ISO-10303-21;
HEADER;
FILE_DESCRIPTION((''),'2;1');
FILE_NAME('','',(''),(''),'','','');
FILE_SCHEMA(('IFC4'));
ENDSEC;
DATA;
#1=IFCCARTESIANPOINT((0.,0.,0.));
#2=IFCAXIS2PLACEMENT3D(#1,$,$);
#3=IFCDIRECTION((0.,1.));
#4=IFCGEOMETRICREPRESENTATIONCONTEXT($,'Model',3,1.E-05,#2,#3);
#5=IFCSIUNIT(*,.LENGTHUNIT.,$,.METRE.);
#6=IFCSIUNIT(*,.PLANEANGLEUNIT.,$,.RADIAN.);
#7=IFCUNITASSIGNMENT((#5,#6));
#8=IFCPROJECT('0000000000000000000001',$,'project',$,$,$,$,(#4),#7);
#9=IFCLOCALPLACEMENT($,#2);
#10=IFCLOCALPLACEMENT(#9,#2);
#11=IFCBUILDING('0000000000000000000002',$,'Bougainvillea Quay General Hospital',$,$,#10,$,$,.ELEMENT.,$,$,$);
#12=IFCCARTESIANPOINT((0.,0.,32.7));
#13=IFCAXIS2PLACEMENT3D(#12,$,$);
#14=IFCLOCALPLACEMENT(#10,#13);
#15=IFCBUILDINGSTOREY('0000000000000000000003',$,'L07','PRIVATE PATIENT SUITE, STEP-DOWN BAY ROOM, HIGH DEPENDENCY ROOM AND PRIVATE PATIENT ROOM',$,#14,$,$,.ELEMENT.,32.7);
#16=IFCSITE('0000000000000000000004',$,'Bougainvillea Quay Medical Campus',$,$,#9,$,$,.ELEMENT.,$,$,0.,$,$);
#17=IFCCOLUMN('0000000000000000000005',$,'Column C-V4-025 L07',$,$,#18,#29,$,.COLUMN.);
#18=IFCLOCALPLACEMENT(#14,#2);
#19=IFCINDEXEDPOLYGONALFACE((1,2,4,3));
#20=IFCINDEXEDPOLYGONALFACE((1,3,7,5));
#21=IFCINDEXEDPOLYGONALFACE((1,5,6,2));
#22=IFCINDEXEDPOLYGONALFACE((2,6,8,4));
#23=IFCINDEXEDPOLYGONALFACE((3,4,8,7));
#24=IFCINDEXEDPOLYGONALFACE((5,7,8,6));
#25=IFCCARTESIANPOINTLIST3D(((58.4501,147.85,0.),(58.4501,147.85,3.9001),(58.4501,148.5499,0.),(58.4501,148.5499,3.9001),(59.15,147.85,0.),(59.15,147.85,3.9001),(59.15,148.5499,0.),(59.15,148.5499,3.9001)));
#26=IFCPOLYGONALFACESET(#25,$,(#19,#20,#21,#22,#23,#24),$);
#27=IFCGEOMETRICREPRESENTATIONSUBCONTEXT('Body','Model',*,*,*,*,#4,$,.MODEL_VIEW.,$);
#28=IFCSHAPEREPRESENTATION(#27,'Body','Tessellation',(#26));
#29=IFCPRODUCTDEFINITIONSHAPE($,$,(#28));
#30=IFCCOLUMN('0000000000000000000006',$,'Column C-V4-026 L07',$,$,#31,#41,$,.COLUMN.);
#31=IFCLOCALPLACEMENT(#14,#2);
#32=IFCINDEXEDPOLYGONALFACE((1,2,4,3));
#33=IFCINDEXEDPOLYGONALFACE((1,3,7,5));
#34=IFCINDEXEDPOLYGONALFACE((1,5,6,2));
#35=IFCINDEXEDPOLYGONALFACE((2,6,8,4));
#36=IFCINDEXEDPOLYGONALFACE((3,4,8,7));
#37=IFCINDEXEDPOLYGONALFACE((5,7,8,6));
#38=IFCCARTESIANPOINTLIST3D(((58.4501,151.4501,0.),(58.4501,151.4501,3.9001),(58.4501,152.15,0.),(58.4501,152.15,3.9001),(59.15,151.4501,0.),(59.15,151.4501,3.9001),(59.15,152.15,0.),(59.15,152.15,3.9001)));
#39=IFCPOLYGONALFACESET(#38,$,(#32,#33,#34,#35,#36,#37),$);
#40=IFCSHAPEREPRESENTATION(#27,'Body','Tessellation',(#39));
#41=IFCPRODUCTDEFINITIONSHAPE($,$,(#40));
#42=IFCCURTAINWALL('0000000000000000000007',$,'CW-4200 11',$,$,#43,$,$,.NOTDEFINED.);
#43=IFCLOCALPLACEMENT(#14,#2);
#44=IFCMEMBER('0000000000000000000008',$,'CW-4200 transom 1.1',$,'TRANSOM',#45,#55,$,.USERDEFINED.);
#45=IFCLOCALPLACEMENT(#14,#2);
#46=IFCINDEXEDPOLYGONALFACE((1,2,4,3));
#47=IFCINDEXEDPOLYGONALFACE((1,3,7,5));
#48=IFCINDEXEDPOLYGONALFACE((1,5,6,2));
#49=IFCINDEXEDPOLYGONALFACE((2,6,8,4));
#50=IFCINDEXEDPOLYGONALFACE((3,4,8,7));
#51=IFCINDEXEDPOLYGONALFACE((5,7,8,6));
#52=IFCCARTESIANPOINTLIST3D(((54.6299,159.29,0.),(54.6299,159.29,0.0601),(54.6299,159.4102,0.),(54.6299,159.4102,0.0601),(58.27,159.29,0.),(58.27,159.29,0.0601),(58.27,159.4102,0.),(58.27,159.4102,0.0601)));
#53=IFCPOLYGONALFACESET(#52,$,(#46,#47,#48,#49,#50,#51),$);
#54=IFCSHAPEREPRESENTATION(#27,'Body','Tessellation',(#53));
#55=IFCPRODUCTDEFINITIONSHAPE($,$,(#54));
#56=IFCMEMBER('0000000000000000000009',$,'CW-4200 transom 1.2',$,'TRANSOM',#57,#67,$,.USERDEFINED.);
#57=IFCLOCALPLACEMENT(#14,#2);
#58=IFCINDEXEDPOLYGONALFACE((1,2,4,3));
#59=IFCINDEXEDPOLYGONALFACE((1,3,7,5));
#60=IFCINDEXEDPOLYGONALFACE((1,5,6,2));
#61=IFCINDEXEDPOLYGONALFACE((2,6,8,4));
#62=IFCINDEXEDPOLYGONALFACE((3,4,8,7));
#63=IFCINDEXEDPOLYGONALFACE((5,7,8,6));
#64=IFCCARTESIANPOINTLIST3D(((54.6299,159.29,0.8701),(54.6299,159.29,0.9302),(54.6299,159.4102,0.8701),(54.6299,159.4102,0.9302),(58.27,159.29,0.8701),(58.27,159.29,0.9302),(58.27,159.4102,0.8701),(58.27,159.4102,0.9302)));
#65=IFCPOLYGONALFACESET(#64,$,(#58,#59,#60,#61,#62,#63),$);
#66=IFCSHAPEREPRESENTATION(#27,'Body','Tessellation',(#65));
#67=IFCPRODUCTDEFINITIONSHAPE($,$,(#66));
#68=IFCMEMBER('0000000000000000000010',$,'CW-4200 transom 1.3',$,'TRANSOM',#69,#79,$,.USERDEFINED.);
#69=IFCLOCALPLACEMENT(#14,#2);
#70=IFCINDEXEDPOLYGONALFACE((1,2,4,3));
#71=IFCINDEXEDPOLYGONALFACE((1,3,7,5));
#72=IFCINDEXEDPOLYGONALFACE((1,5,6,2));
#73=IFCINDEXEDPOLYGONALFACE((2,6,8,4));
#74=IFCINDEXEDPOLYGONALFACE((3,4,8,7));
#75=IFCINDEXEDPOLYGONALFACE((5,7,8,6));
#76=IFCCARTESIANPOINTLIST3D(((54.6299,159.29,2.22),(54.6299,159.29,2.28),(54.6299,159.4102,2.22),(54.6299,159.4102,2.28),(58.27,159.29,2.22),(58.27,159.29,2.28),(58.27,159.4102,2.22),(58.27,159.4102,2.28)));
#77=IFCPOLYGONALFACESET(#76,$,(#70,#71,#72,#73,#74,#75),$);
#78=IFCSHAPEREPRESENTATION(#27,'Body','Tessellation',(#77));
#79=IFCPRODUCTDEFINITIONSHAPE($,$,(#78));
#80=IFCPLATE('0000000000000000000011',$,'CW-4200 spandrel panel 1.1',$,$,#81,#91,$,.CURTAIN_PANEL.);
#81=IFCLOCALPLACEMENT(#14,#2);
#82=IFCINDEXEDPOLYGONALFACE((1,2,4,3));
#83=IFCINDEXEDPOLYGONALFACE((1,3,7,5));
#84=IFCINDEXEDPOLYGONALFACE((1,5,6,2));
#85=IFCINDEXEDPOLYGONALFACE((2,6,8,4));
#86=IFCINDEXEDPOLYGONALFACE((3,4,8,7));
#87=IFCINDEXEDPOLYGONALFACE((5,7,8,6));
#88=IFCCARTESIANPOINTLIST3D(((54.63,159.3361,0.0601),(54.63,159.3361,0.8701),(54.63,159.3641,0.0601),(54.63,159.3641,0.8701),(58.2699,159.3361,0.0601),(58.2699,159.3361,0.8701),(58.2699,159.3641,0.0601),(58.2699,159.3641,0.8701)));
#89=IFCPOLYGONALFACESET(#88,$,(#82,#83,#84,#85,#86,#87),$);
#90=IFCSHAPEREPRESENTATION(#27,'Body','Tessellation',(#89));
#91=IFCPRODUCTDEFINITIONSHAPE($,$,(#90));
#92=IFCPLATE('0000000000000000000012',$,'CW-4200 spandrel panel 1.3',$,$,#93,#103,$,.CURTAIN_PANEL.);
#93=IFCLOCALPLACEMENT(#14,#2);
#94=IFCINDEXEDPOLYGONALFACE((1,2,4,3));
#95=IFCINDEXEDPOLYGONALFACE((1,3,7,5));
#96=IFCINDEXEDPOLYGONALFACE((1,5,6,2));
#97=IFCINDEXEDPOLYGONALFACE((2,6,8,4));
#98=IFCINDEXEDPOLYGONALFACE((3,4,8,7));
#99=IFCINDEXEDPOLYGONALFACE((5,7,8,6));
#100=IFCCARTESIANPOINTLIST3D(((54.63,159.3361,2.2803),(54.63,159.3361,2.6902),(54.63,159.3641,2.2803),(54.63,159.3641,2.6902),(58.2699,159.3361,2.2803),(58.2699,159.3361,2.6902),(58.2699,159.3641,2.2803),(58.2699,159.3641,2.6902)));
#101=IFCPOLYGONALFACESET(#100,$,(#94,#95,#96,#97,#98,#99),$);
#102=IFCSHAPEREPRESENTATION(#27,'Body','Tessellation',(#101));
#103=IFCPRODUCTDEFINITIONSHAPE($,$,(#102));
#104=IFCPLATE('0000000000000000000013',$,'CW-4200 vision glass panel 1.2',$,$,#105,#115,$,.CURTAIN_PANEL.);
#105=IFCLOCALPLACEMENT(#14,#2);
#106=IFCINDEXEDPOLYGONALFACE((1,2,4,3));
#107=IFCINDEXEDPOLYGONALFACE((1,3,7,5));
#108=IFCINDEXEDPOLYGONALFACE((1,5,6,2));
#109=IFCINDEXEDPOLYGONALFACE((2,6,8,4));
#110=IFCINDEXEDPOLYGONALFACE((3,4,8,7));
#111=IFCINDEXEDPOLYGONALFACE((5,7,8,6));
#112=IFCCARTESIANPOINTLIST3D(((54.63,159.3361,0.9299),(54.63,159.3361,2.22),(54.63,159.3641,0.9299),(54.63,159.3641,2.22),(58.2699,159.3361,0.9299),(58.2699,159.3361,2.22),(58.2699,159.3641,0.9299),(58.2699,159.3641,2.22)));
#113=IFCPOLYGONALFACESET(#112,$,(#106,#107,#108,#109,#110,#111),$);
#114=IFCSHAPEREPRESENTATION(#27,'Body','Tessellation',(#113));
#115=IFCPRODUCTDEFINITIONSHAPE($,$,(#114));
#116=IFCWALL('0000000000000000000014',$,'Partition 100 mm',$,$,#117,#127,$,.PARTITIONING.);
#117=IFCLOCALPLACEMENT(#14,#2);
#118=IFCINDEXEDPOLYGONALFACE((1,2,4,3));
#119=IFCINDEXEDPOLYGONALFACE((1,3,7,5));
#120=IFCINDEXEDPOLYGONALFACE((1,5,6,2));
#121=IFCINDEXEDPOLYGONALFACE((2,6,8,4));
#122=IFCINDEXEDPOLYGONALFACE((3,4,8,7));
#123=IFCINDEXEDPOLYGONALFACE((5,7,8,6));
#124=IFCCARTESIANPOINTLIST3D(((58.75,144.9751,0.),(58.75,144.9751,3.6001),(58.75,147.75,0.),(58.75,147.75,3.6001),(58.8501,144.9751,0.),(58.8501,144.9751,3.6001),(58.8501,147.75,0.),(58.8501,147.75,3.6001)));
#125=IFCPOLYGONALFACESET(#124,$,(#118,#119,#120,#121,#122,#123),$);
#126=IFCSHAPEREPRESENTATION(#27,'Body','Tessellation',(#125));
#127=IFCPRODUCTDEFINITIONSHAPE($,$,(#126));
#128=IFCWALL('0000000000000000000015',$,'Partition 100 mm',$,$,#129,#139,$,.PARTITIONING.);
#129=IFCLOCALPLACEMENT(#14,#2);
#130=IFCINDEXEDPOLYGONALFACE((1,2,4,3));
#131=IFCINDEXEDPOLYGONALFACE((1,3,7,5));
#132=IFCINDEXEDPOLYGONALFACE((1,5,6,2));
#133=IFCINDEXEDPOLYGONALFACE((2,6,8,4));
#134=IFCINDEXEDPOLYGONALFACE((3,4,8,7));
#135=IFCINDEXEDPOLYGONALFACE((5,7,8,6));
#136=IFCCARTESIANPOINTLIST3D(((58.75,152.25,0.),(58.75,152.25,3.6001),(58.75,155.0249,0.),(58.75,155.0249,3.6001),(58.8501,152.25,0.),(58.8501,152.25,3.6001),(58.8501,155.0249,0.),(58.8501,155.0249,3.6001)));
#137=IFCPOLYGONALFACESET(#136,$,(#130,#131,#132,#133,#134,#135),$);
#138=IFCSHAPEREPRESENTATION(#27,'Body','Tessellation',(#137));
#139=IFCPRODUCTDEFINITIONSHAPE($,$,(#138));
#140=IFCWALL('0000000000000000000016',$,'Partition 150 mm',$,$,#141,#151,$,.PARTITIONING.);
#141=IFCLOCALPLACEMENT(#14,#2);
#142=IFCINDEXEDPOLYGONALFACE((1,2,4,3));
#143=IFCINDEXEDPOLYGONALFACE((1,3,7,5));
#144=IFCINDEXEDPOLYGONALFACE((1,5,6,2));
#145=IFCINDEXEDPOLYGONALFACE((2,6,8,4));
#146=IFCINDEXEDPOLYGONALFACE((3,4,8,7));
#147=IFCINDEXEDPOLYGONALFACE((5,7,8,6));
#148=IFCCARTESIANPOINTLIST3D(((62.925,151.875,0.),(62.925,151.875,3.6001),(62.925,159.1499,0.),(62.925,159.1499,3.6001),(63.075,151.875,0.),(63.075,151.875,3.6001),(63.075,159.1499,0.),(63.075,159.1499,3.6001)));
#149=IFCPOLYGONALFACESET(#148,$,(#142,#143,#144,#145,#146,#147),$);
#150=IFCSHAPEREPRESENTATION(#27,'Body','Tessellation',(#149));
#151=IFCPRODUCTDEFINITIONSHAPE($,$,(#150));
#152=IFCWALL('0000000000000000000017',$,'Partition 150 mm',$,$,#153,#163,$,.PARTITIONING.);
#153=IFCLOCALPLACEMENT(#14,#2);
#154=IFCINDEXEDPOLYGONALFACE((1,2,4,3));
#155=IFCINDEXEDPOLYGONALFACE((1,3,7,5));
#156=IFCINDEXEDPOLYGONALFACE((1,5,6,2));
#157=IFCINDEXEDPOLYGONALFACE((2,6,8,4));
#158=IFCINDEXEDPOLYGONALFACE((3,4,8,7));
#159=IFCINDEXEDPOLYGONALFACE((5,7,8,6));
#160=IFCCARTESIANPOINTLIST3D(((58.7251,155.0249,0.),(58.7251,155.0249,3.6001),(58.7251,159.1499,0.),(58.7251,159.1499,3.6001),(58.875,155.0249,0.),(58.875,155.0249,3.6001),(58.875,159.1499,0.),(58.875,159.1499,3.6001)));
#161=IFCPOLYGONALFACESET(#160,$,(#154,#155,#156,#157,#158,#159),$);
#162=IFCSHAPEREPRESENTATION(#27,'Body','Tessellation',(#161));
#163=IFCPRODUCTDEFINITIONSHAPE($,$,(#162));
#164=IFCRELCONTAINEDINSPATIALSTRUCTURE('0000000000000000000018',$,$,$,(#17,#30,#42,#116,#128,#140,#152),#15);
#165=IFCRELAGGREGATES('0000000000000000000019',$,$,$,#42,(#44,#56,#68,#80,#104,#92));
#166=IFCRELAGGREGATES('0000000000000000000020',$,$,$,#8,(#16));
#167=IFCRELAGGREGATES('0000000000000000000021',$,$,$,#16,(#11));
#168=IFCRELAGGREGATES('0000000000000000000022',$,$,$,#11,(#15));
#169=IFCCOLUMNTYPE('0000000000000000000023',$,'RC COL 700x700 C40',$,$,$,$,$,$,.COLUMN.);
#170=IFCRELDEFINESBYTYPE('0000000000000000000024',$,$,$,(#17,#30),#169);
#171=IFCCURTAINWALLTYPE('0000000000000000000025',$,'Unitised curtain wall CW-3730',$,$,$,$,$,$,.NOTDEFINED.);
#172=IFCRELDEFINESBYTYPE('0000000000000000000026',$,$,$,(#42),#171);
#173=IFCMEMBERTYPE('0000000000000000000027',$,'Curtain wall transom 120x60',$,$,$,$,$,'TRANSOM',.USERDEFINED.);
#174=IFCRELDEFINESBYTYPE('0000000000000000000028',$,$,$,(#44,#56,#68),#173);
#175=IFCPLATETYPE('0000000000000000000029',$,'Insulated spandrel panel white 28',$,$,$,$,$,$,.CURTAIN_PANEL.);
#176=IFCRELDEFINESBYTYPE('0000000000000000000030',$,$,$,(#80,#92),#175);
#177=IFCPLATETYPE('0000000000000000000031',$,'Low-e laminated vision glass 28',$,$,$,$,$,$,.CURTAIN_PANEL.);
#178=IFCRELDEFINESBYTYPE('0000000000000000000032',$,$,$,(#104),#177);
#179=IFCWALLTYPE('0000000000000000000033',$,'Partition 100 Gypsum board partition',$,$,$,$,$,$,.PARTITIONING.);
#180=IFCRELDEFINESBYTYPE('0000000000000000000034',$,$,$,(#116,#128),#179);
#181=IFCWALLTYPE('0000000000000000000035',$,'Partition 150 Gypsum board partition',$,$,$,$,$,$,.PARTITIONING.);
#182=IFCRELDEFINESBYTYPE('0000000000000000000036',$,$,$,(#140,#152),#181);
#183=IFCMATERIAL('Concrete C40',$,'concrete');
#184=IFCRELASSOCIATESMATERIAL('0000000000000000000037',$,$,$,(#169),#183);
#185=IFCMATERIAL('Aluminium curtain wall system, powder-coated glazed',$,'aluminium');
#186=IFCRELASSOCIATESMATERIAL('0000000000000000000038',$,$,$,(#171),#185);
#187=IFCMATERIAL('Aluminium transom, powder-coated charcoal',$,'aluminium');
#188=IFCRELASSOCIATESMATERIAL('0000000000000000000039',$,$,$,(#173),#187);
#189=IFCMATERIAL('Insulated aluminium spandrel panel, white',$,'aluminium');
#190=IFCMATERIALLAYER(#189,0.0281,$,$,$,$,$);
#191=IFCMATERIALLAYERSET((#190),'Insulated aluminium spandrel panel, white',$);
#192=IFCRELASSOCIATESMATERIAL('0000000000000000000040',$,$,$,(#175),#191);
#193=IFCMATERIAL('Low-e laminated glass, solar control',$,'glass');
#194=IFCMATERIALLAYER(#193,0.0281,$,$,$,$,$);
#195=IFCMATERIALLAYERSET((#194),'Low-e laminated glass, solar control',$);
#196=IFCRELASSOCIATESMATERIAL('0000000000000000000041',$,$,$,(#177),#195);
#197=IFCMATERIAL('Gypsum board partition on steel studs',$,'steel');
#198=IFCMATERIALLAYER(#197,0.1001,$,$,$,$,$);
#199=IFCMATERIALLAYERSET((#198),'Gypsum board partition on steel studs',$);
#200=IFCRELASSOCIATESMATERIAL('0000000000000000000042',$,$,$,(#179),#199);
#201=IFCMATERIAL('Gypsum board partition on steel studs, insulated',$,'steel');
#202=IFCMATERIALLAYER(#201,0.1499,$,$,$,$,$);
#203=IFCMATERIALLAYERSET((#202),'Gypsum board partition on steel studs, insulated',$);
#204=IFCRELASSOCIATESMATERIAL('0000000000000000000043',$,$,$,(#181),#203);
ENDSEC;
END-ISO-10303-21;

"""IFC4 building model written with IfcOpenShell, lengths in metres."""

from ifc_helpers import new_model, si_unit, direction, frame, frame_2d, origin, origin_2d, place, context, subcontext, project, spatial, rectangle, extrude, material, layer, layer_set, material_profile, profile_set, type_object, element, aggregate, save


model = new_model("IFC4")

# Units and contexts
model_context = context("Model", 3, precision=1e-05, world=origin(), true_north=direction((0.0, 1.0)))
body_context = subcontext(model_context, "Body", "Model", "MODEL_VIEW")
ifc_project = project(units=[si_unit("LENGTHUNIT", "METRE"), si_unit("PLANEANGLEUNIT", "RADIAN")], contexts=[model_context])

# Site, building, storey
site_placement = place(None, origin())
site = spatial("IfcSite", under=ifc_project, at=site_placement, Name="Bougainvillea Quay Medical Campus", CompositionType="ELEMENT", RefElevation=0.0)
building_placement = place(site_placement, origin())
building = spatial("IfcBuilding", under=site, at=building_placement, Name="Bougainvillea Quay General Hospital", CompositionType="ELEMENT")
storey_placement = place(building_placement, frame((0.0, 0.0, 32.7)))
storey = spatial("IfcBuildingStorey", under=building, at=storey_placement, Name="L07", Description="PRIVATE PATIENT SUITE, STEP-DOWN BAY ROOM, HIGH DEPENDENCY ROOM AND PRIVATE PATIENT ROOM", CompositionType="ELEMENT", Elevation=32.7)

# Columns
ifc_material_1 = material(Name="Concrete C40", Category="concrete")
ifc_material_profile_1 = material_profile(ifc_material_1, rectangle(XDim=0.7, YDim=0.7, at=origin_2d()))
ifc_profile_set_1 = profile_set([ifc_material_profile_1], Name="Concrete C40")
column_type = type_object("IfcColumnType", Name="RC COL 700x700 C40", PredefinedType="COLUMN", material=ifc_profile_set_1)
for number, where, z_axis, x_axis, name in (
    (1, (58.8, 148.2, 0.0), (0.0, 0.0, 1.0), (1.0, 0.0, 0.0), "Column C-V4-025 L07"),
    (2, (58.8, 151.8, 0.0), (0.0, 0.0, 1.0), (1.0, 0.0, 0.0), "Column C-V4-026 L07"),
):
    element("IfcColumn", number, at=place(storey_placement, frame(where, z_axis=z_axis, x_axis=x_axis)), inside=storey, type_object=column_type, Name=name, PredefinedType="COLUMN", context=body_context, shape_type="SweptSolid", body=[
        extrude(rectangle(XDim=0.7, YDim=0.7, at=origin_2d()), origin(), (0.0, 0.0, 1.0), 3.9001),
    ])

# Curtain wall, members, plates
ifc_material_2 = material(Name="Aluminium curtain wall system, powder-coated glazed", Category="aluminium")
curtain_wall_type = type_object("IfcCurtainWallType", Name="Unitised curtain wall CW-3730", PredefinedType="NOTDEFINED", material=ifc_material_2)
curtain_wall_placement = place(storey_placement, origin())
curtain_wall = element("IfcCurtainWall", 3, at=curtain_wall_placement, inside=storey, type_object=curtain_wall_type, Name="CW-4200 11", PredefinedType="NOTDEFINED")
ifc_material_3 = material(Name="Aluminium transom, powder-coated charcoal", Category="aluminium")
ifc_material_profile_2 = material_profile(ifc_material_3, rectangle(XDim=0.1201, YDim=0.0601, at=origin_2d()))
ifc_profile_set_2 = profile_set([ifc_material_profile_2], Name="Aluminium transom, powder-coated charcoal")
member_type = type_object("IfcMemberType", Name="Curtain wall transom 120x60", ElementType="TRANSOM", PredefinedType="USERDEFINED", material=ifc_profile_set_2)
member_1_placement = place(storey_placement, frame((58.27, 159.3501, 0.03), z_axis=(-1.0, 0.0, 0.0), x_axis=(0.0, -1.0, 0.0)))
member_1 = element("IfcMember", 4, at=member_1_placement, type_object=member_type, Name="CW-4200 transom 1.1", ObjectType="TRANSOM", PredefinedType="USERDEFINED", context=body_context, shape_type="SweptSolid", body=[
    extrude(rectangle(XDim=0.1201, YDim=0.0601, at=origin_2d()), origin(), (0.0, 0.0, 1.0), 3.6401),
])
member_2_placement = place(storey_placement, frame((58.27, 159.3501, 0.9001), z_axis=(-1.0, 0.0, 0.0), x_axis=(0.0, -1.0, 0.0)))
member_2 = element("IfcMember", 5, at=member_2_placement, type_object=member_type, Name="CW-4200 transom 1.2", ObjectType="TRANSOM", PredefinedType="USERDEFINED", context=body_context, shape_type="SweptSolid", body=[
    extrude(rectangle(XDim=0.1201, YDim=0.0601, at=origin_2d()), origin(), (0.0, 0.0, 1.0), 3.6401),
])
member_3_placement = place(storey_placement, frame((58.27, 159.3501, 2.25), z_axis=(-1.0, 0.0, 0.0), x_axis=(0.0, -1.0, 0.0)))
member_3 = element("IfcMember", 6, at=member_3_placement, type_object=member_type, Name="CW-4200 transom 1.3", ObjectType="TRANSOM", PredefinedType="USERDEFINED", context=body_context, shape_type="SweptSolid", body=[
    extrude(rectangle(XDim=0.1201, YDim=0.0601, at=origin_2d()), origin(), (0.0, 0.0, 1.0), 3.6401),
])
ifc_material_4 = material(Name="Insulated aluminium spandrel panel, white", Category="aluminium")
ifc_layer_1 = layer(ifc_material_4, 0.0281)
ifc_layer_set_1 = layer_set([ifc_layer_1], Name="Insulated aluminium spandrel panel, white")
plate_type_1 = type_object("IfcPlateType", Name="Insulated spandrel panel white 28", PredefinedType="CURTAIN_PANEL", material=ifc_layer_set_1)
plate_1_placement = place(storey_placement, frame((56.45, 159.3501, 0.0601), z_axis=(0.0, 0.0, 1.0), x_axis=(-1.0, 0.0, 0.0)))
plate_1 = element("IfcPlate", 7, at=plate_1_placement, type_object=plate_type_1, Name="CW-4200 spandrel panel 1.1", PredefinedType="CURTAIN_PANEL", context=body_context, shape_type="SweptSolid", body=[
    extrude(rectangle(XDim=3.6399, YDim=0.0281, at=origin_2d()), origin(), (0.0, 0.0, 1.0), 0.8101),
])
plate_2_placement = place(storey_placement, frame((56.45, 159.3501, 2.2803), z_axis=(0.0, 0.0, 1.0), x_axis=(-1.0, 0.0, 0.0)))
plate_2 = element("IfcPlate", 8, at=plate_2_placement, type_object=plate_type_1, Name="CW-4200 spandrel panel 1.3", PredefinedType="CURTAIN_PANEL", context=body_context, shape_type="SweptSolid", body=[
    extrude(rectangle(XDim=3.6399, YDim=0.0281, at=origin_2d()), origin(), (0.0, 0.0, 1.0), 0.4099),
])
ifc_material_5 = material(Name="Low-e laminated glass, solar control", Category="glass")
ifc_layer_2 = layer(ifc_material_5, 0.0281)
ifc_layer_set_2 = layer_set([ifc_layer_2], Name="Low-e laminated glass, solar control")
plate_type_2 = type_object("IfcPlateType", Name="Low-e laminated vision glass 28", PredefinedType="CURTAIN_PANEL", material=ifc_layer_set_2)
plate_3_placement = place(storey_placement, frame((56.45, 159.3501, 0.9299), z_axis=(0.0, 0.0, 1.0), x_axis=(-1.0, 0.0, 0.0)))
plate_3 = element("IfcPlate", 9, at=plate_3_placement, type_object=plate_type_2, Name="CW-4200 vision glass panel 1.2", PredefinedType="CURTAIN_PANEL", context=body_context, shape_type="SweptSolid", body=[
    extrude(rectangle(XDim=3.6399, YDim=0.0281, at=origin_2d()), origin(), (0.0, 0.0, 1.0), 1.29),
])
aggregate(curtain_wall, [member_1, member_2, member_3, plate_1, plate_3, plate_2])

# Walls
ifc_material_6 = material(Name="Gypsum board partition on steel studs", Category="steel")
ifc_layer_3 = layer(ifc_material_6, 0.1001)
ifc_layer_set_3 = layer_set([ifc_layer_3], Name="Gypsum board partition on steel studs")
wall_type_1 = type_object("IfcWallType", Name="Partition 100 Gypsum board partition", PredefinedType="PARTITIONING", material=ifc_layer_set_3)
for number, where, z_axis, x_axis, name in (
    (10, (58.8, 144.9751, 0.0), (0.0, 0.0, 1.0), (0.0, 1.0, 0.0), "Partition 100 mm"),
    (11, (58.8, 152.25, 0.0), (0.0, 0.0, 1.0), (0.0, 1.0, 0.0), "Partition 100 mm"),
):
    element("IfcWall", number, at=place(storey_placement, frame(where, z_axis=z_axis, x_axis=x_axis)), inside=storey, type_object=wall_type_1, Name=name, PredefinedType="PARTITIONING", context=body_context, shape_type="SweptSolid", body=[
        extrude(rectangle(XDim=2.7749, YDim=0.1001, at=frame_2d((1.3875, 0.0))), origin(), (0.0, 0.0, 1.0), 3.6001),
    ])
ifc_material_7 = material(Name="Gypsum board partition on steel studs, insulated", Category="steel")
ifc_layer_4 = layer(ifc_material_7, 0.1499)
ifc_layer_set_4 = layer_set([ifc_layer_4], Name="Gypsum board partition on steel studs, insulated")
wall_type_2 = type_object("IfcWallType", Name="Partition 150 Gypsum board partition", PredefinedType="PARTITIONING", material=ifc_layer_set_4)
wall_1_placement = place(storey_placement, frame((63.0, 151.875, 0.0), z_axis=(0.0, 0.0, 1.0), x_axis=(0.0, 1.0, 0.0)))
element("IfcWall", 12, at=wall_1_placement, inside=storey, type_object=wall_type_2, Name="Partition 150 mm", PredefinedType="PARTITIONING", context=body_context, shape_type="SweptSolid", body=[
    extrude(rectangle(XDim=7.2749, YDim=0.1499, at=frame_2d((3.6375, 0.0))), origin(), (0.0, 0.0, 1.0), 3.6001),
])
wall_2_placement = place(storey_placement, frame((58.8, 155.0249, 0.0), z_axis=(0.0, 0.0, 1.0), x_axis=(0.0, 1.0, 0.0)))
element("IfcWall", 13, at=wall_2_placement, inside=storey, type_object=wall_type_2, Name="Partition 150 mm", PredefinedType="PARTITIONING", context=body_context, shape_type="SweptSolid", body=[
    extrude(rectangle(XDim=4.125, YDim=0.1499, at=frame_2d((2.0625, 0.0))), origin(), (0.0, 0.0, 1.0), 3.6001),
])

save(model, "model.ifc")
